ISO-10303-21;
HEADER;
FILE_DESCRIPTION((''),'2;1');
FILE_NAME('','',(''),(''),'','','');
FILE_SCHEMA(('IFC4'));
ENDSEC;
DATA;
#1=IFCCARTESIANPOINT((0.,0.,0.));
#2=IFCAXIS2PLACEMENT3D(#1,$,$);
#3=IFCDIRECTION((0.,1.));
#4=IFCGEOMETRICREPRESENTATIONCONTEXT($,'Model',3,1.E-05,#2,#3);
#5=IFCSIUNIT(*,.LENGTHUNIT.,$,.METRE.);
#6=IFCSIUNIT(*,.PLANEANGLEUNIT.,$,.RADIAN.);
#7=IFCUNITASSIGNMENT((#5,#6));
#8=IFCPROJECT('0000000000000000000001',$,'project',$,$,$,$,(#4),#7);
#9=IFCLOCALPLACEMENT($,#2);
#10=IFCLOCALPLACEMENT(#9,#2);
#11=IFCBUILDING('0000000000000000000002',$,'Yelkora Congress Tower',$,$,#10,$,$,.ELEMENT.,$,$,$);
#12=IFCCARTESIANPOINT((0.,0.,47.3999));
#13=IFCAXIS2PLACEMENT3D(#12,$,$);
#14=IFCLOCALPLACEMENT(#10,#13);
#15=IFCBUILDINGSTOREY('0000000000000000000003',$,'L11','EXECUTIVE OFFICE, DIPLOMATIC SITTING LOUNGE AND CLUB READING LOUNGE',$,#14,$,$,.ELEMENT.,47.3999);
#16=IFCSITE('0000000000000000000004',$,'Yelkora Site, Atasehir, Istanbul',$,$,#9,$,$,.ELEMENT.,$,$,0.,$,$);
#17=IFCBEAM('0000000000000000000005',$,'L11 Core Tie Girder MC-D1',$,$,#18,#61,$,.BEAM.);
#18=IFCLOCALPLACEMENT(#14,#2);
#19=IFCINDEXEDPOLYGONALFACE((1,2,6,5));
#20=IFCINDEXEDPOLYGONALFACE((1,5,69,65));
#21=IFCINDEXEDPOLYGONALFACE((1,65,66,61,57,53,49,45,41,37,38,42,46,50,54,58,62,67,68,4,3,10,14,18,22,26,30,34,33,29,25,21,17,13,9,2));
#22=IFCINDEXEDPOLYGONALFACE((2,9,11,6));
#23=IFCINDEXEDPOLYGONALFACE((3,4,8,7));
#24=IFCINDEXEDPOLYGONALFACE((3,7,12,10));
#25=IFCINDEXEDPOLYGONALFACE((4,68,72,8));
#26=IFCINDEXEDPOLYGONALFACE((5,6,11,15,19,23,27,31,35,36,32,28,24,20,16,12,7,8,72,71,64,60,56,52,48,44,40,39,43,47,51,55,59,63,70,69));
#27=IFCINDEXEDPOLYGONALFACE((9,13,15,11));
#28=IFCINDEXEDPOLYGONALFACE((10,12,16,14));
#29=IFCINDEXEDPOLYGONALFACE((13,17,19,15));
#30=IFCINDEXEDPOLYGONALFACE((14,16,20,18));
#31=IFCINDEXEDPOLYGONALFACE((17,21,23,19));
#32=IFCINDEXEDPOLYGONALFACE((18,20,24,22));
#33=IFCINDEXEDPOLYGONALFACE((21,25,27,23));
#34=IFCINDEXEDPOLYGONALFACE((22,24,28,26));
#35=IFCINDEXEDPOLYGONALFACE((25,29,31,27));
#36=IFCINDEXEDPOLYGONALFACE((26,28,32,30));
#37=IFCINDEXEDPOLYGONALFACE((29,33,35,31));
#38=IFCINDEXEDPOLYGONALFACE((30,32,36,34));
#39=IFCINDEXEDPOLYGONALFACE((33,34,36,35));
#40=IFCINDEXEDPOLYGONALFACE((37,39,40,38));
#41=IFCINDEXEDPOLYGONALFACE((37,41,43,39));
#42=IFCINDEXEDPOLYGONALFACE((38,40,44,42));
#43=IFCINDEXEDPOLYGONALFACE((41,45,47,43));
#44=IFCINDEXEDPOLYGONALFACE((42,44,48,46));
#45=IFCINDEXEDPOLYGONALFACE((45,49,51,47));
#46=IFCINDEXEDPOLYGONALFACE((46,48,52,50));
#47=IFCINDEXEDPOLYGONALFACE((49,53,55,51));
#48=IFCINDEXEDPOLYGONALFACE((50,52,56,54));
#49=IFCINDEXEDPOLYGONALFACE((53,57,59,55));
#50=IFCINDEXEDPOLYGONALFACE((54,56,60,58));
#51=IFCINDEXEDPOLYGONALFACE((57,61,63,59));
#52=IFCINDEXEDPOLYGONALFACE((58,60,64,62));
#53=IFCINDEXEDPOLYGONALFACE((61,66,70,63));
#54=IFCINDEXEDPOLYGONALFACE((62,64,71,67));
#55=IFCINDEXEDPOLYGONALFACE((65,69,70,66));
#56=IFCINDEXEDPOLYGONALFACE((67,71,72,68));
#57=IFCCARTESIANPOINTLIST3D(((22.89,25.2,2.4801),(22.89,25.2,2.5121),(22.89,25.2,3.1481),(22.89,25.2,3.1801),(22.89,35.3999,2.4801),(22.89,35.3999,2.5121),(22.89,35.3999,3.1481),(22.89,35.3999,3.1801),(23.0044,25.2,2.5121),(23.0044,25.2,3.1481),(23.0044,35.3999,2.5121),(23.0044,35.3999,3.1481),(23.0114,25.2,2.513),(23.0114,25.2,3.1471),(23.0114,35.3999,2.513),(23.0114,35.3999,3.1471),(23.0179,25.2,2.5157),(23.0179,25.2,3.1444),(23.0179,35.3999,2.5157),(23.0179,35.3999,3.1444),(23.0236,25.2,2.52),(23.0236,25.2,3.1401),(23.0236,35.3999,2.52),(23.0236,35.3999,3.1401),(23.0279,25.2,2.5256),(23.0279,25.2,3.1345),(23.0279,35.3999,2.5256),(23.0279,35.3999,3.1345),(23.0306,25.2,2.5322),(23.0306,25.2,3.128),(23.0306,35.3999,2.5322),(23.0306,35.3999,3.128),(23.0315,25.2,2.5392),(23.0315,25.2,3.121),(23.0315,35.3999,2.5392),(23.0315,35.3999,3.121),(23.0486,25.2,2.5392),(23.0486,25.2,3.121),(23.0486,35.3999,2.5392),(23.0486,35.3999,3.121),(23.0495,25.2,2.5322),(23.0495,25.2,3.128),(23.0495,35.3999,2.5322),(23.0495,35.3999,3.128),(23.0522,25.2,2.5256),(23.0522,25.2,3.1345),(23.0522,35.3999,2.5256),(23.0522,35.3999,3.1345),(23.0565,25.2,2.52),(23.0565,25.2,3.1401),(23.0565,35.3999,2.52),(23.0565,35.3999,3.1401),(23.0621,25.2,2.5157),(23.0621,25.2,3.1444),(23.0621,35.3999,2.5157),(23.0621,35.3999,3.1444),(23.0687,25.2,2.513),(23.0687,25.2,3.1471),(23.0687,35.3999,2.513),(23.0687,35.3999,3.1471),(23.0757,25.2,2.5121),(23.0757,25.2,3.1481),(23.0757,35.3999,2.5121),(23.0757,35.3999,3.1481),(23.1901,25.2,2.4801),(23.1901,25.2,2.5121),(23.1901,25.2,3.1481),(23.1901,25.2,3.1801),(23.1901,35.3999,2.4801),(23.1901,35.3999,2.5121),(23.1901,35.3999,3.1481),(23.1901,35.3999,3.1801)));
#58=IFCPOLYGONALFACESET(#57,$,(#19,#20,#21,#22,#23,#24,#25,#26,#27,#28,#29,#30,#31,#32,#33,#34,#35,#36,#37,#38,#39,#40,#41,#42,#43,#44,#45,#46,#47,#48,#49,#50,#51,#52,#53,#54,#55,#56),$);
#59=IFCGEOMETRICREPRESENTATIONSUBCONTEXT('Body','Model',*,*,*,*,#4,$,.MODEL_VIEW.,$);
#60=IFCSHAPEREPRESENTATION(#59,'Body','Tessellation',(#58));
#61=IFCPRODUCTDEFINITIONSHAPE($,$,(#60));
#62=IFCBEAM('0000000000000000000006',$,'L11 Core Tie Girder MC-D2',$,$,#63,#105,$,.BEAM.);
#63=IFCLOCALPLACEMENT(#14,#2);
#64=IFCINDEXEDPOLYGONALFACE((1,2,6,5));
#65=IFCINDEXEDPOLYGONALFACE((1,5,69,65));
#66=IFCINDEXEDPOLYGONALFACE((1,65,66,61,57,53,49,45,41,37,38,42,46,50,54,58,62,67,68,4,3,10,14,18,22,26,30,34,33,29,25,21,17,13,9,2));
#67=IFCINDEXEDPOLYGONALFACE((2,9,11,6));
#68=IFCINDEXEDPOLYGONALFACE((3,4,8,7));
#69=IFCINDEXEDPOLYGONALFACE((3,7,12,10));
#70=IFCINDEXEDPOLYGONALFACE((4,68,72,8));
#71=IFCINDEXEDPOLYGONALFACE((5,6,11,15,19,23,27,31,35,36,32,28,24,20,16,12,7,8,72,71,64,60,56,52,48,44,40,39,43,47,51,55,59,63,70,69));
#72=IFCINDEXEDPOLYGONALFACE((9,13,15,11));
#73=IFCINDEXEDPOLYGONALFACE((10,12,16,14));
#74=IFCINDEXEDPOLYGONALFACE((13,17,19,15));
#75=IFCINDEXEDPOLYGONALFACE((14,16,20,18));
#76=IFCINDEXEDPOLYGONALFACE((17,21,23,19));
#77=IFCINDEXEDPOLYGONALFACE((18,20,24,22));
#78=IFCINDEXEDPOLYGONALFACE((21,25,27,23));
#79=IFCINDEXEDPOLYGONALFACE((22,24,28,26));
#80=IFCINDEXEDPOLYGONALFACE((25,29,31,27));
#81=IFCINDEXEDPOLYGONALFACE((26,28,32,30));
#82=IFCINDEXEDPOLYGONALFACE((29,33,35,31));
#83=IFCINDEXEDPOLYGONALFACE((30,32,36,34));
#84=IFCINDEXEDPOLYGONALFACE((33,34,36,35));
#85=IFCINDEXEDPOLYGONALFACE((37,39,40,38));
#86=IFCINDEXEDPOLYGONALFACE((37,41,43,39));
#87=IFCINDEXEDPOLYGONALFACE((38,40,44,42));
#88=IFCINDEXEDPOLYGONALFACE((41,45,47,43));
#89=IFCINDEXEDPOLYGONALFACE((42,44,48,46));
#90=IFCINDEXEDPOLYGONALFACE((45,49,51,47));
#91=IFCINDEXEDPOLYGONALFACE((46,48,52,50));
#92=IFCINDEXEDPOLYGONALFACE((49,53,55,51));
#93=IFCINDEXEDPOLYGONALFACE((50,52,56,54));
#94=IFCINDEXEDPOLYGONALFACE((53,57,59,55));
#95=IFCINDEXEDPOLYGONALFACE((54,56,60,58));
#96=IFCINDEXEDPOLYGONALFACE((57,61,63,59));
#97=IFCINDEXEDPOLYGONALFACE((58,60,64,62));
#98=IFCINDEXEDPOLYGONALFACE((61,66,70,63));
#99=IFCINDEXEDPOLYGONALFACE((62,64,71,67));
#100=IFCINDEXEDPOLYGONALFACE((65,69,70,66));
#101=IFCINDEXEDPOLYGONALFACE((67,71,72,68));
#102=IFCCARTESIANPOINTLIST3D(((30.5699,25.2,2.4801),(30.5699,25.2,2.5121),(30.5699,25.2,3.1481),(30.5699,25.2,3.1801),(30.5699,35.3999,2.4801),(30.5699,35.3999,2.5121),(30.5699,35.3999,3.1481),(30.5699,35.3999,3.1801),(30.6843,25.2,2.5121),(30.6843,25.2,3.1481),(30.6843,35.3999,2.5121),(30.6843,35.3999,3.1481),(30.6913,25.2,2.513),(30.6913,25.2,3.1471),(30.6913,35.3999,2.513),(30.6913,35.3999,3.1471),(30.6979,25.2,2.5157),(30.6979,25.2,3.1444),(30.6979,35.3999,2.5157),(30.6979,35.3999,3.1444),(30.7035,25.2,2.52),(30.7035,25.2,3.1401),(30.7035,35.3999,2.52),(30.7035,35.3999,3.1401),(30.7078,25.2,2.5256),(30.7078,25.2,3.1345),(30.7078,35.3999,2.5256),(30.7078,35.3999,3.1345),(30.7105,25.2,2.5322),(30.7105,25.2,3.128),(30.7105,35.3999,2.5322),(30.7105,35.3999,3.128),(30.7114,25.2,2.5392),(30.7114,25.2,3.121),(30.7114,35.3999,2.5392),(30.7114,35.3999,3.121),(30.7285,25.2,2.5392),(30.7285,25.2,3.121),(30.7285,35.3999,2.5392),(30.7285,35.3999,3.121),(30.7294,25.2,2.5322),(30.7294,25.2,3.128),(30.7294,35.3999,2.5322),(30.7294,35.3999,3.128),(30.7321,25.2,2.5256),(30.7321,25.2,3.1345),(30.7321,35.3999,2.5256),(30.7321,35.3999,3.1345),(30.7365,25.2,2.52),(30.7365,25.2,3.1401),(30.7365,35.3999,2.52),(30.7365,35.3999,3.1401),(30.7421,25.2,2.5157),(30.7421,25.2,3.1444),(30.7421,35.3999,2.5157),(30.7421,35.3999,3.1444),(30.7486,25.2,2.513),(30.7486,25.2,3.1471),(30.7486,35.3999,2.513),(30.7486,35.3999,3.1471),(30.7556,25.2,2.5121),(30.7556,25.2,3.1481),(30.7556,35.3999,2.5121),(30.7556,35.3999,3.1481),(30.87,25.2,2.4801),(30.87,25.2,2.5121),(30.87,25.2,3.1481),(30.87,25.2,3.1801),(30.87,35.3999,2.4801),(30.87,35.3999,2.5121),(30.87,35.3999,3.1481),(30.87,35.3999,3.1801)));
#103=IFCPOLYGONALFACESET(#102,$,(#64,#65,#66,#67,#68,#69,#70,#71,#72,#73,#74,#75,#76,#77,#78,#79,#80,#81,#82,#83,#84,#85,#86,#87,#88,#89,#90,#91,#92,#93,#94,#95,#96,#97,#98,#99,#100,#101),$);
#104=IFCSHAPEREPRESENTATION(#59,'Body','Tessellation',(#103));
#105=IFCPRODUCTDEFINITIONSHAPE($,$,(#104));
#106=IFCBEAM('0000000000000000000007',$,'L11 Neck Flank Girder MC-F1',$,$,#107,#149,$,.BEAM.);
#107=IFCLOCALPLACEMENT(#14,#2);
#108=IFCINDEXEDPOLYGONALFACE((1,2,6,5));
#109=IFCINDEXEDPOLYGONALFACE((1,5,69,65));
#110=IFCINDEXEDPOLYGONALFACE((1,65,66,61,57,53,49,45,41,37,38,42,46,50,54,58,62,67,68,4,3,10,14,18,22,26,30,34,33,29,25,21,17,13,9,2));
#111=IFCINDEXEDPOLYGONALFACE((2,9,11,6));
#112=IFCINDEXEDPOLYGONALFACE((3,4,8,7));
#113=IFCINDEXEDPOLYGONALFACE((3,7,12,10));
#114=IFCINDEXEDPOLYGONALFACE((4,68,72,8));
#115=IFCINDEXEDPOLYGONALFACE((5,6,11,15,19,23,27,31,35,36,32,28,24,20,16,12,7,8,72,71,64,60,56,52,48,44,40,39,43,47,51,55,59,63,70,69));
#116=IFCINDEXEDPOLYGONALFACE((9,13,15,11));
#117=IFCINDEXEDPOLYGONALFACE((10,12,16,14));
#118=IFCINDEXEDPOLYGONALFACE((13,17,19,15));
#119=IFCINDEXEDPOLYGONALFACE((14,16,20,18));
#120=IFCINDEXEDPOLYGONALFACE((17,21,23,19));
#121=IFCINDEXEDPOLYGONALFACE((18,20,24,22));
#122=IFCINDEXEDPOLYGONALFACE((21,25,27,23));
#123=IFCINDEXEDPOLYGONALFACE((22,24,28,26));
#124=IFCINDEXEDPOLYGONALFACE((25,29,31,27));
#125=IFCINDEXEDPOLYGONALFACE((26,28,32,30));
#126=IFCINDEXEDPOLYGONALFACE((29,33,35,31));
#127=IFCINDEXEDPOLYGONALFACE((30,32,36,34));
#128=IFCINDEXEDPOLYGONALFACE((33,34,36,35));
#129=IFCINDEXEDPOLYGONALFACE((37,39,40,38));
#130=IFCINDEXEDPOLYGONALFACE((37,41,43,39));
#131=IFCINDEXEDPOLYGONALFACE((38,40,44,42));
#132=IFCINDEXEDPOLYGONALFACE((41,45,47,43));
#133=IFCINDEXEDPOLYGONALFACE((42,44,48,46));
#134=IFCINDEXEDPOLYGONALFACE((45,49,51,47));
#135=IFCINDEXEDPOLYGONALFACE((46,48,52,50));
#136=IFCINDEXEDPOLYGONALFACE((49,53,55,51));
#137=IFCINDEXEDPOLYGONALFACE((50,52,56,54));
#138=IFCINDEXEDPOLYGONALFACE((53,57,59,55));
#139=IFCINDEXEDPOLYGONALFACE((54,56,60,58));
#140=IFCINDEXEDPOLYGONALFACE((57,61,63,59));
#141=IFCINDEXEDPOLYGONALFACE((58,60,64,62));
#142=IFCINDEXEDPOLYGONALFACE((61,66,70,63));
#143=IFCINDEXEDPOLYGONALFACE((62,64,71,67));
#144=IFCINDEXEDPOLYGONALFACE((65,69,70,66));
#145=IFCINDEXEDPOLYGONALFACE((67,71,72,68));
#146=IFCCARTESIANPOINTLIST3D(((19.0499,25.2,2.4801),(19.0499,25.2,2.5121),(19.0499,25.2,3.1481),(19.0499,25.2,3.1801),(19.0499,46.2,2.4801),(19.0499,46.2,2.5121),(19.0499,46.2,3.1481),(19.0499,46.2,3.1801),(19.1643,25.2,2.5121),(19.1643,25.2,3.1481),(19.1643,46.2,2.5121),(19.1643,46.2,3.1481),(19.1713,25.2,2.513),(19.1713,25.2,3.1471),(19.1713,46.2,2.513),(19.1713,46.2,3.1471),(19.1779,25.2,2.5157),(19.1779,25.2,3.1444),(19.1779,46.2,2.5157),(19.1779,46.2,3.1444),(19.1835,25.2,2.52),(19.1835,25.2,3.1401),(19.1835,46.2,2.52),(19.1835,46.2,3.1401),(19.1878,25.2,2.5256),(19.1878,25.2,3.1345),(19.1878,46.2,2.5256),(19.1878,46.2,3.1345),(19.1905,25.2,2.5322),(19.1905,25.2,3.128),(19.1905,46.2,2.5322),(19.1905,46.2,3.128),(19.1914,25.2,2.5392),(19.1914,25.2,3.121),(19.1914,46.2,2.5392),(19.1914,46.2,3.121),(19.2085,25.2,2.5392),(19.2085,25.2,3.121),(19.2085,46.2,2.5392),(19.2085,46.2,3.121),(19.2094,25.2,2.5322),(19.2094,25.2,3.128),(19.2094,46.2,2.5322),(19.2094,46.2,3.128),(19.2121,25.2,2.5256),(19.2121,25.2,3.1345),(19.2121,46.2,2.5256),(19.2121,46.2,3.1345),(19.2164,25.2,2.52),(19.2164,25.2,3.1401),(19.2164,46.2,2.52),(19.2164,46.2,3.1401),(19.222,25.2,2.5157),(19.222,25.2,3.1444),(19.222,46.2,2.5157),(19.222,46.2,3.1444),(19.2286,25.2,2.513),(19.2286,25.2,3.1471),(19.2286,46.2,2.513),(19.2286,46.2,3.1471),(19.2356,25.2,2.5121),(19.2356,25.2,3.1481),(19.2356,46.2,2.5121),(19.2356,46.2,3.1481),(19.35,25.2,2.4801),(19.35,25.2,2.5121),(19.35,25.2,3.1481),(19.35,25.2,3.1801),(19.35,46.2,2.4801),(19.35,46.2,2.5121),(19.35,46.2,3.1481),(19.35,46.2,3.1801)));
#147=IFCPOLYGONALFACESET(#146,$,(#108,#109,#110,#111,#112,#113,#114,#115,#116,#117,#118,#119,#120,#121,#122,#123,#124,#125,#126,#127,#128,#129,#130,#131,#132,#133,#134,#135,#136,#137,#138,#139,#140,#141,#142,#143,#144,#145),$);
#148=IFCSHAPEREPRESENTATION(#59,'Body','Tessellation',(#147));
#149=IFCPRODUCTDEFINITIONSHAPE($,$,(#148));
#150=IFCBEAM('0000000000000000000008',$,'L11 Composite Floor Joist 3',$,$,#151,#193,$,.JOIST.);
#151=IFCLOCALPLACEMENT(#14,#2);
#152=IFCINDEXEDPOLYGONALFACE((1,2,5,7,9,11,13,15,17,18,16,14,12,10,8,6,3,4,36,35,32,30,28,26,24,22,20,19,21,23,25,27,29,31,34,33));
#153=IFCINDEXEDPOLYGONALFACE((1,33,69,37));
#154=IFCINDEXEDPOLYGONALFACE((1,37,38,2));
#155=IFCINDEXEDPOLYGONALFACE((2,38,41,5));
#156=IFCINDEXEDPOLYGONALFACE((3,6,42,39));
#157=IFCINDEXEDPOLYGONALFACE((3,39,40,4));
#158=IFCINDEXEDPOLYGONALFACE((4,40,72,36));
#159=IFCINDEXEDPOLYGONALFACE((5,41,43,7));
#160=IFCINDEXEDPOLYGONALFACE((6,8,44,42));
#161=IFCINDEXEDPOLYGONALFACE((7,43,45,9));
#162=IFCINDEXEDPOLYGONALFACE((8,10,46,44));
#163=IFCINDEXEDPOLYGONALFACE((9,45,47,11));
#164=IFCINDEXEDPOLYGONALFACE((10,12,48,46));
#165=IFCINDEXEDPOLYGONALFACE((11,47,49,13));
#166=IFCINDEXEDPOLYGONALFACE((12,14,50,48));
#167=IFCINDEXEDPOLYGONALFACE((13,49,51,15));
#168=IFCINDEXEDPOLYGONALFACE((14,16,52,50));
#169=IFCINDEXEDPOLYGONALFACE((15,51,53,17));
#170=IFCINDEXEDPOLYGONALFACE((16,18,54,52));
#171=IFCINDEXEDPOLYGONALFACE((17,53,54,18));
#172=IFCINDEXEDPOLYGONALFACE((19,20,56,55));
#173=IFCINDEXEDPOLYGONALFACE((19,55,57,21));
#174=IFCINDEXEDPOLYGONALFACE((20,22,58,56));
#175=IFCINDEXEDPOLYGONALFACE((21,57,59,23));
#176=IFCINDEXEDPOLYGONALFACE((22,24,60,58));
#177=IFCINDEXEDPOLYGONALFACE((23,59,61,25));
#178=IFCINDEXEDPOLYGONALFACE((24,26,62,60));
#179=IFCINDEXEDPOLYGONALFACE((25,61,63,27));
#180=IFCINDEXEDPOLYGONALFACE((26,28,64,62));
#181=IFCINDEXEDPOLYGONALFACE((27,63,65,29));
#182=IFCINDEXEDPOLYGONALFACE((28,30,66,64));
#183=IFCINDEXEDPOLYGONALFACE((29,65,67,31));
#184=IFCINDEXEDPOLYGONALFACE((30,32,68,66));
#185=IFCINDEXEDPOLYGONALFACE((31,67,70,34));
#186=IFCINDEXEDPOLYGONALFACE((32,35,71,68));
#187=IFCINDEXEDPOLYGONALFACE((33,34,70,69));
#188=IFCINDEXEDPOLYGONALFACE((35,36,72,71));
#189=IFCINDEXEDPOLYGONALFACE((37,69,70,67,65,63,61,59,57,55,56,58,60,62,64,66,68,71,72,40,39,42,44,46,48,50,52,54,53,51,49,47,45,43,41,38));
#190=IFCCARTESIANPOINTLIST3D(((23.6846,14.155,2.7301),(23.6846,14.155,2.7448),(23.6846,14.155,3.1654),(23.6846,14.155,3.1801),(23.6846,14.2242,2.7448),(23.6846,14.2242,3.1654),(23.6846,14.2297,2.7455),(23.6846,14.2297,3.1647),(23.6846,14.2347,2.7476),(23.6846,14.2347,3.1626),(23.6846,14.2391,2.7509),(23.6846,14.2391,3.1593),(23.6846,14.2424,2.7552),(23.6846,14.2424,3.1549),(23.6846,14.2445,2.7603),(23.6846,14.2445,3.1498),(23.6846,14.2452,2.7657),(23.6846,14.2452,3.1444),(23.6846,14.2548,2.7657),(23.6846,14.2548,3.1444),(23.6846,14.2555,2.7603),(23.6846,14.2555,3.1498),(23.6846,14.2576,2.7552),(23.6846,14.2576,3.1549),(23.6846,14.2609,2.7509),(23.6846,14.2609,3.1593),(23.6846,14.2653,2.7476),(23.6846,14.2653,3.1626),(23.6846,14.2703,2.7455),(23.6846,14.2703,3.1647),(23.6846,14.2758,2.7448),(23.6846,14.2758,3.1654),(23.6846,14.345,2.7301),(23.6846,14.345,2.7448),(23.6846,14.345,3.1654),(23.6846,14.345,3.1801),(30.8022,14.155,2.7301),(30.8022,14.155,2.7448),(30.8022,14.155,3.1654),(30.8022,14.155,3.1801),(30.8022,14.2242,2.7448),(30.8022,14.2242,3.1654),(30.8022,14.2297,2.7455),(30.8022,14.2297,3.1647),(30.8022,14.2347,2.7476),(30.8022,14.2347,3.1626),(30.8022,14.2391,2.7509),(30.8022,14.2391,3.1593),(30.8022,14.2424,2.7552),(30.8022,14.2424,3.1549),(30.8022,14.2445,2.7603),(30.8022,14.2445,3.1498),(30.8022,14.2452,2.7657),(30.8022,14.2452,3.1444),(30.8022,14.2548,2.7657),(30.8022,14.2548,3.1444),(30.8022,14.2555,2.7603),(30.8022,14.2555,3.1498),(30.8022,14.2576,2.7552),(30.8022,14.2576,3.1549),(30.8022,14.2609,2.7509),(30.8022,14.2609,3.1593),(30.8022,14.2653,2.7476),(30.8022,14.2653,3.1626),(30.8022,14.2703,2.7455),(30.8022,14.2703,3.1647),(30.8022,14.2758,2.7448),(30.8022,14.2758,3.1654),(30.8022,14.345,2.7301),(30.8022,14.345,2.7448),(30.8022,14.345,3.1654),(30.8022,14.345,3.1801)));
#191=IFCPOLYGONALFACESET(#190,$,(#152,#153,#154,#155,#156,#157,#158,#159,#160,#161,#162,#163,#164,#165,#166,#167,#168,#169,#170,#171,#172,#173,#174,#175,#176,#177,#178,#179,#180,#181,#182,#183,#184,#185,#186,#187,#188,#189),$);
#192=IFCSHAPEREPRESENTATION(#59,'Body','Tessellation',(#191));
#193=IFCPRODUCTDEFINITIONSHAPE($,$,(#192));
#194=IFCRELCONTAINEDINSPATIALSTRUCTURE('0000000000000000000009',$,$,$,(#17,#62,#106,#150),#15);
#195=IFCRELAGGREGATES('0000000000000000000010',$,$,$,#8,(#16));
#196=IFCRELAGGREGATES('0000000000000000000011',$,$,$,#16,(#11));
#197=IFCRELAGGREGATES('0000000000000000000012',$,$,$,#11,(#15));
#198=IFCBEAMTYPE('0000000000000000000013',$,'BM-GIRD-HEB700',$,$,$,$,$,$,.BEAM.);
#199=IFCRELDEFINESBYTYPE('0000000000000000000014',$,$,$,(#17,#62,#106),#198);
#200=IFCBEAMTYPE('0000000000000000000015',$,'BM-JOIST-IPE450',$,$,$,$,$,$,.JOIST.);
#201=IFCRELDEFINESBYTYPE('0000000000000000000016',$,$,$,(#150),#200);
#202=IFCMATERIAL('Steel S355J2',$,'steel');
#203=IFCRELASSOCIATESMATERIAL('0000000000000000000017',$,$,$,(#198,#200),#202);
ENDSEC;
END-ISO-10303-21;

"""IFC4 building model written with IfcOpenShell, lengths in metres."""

from ifc_helpers import new_model, si_unit, direction, frame, origin, origin_2d, place, context, subcontext, project, spatial, i_section, extrude, material, material_profile, profile_set, type_object, element, save


model = new_model("IFC4")

# Units and contexts
model_context = context("Model", 3, precision=1e-05, world=origin(), true_north=direction((0.0, 1.0)))
body_context = subcontext(model_context, "Body", "Model", "MODEL_VIEW")
ifc_project = project(units=[si_unit("LENGTHUNIT", "METRE"), si_unit("PLANEANGLEUNIT", "RADIAN")], contexts=[model_context])

# Site, building, storey
site_placement = place(None, origin())
site = spatial("IfcSite", under=ifc_project, at=site_placement, Name="Yelkora Site, Atasehir, Istanbul", CompositionType="ELEMENT", RefElevation=0.0)
building_placement = place(site_placement, origin())
building = spatial("IfcBuilding", under=site, at=building_placement, Name="Yelkora Congress Tower", CompositionType="ELEMENT")
storey_placement = place(building_placement, frame((0.0, 0.0, 47.3999)))
storey = spatial("IfcBuildingStorey", under=building, at=storey_placement, Name="L11", Description="EXECUTIVE OFFICE, DIPLOMATIC SITTING LOUNGE AND CLUB READING LOUNGE", CompositionType="ELEMENT", Elevation=47.3999)

# Beams
ifc_material_1 = material(Name="Steel S355J2", Category="steel")
ifc_material_profile_1 = material_profile(ifc_material_1, i_section(OverallWidth=0.3, OverallDepth=0.7, WebThickness=0.0171, FlangeThickness=0.032, FilletRadius=0.0271, at=origin_2d()), Name="HEB 700")
ifc_profile_set_1 = profile_set([ifc_material_profile_1], Name="Steel S355J2")
beam_type_1 = type_object("IfcBeamType", Name="BM-GIRD-HEB700", PredefinedType="BEAM", material=ifc_profile_set_1)
for number, where, z_axis, x_axis, name in (
    (1, (23.04, 25.2, 2.8301), (0.0, 1.0, 0.0), (-1.0, 0.0, 0.0), "L11 Core Tie Girder MC-D1"),
    (2, (30.72, 25.2, 2.8301), (0.0, 1.0, 0.0), (-1.0, 0.0, 0.0), "L11 Core Tie Girder MC-D2"),
):
    element("IfcBeam", number, at=place(storey_placement, frame(where, z_axis=z_axis, x_axis=x_axis)), inside=storey, type_object=beam_type_1, Name=name, PredefinedType="BEAM", context=body_context, shape_type="SweptSolid", body=[
        extrude(i_section(OverallWidth=0.3, OverallDepth=0.7, WebThickness=0.0171, FlangeThickness=0.032, FilletRadius=0.0271, at=origin_2d()), origin(), (0.0, 0.0, 1.0), 10.2),
    ])
beam_1_placement = place(storey_placement, frame((19.2, 25.2, 2.8301), z_axis=(0.0, 1.0, 0.0), x_axis=(-1.0, 0.0, 0.0)))
element("IfcBeam", 3, at=beam_1_placement, inside=storey, type_object=beam_type_1, Name="L11 Neck Flank Girder MC-F1", PredefinedType="BEAM", context=body_context, shape_type="SweptSolid", body=[
    extrude(i_section(OverallWidth=0.3, OverallDepth=0.7, WebThickness=0.0171, FlangeThickness=0.032, FilletRadius=0.0271, at=origin_2d()), origin(), (0.0, 0.0, 1.0), 21.0),
])
ifc_material_profile_2 = material_profile(ifc_material_1, i_section(OverallWidth=0.1899, OverallDepth=0.45, WebThickness=0.0095, FlangeThickness=0.0146, FilletRadius=0.021, at=origin_2d()), Name="IPE 450")
ifc_profile_set_2 = profile_set([ifc_material_profile_2], Name="Steel S355J2")
beam_type_2 = type_object("IfcBeamType", Name="BM-JOIST-IPE450", PredefinedType="JOIST", material=ifc_profile_set_2)
for number, where, z_axis, x_axis, name in (
    (4, (23.6846, 14.25, 2.9551), (1.0, 0.0, 0.0), (0.0, 1.0, 0.0), "L11 Composite Floor Joist 3"),
):
    element("IfcBeam", number, at=place(storey_placement, frame(where, z_axis=z_axis, x_axis=x_axis)), inside=storey, type_object=beam_type_2, Name=name, PredefinedType="JOIST", context=body_context, shape_type="SweptSolid", body=[
        extrude(i_section(OverallWidth=0.1899, OverallDepth=0.45, WebThickness=0.0095, FlangeThickness=0.0146, FilletRadius=0.021, at=origin_2d()), origin(), (0.0, 0.0, 1.0), 7.1177),
    ])

save(model, "model.ifc")
